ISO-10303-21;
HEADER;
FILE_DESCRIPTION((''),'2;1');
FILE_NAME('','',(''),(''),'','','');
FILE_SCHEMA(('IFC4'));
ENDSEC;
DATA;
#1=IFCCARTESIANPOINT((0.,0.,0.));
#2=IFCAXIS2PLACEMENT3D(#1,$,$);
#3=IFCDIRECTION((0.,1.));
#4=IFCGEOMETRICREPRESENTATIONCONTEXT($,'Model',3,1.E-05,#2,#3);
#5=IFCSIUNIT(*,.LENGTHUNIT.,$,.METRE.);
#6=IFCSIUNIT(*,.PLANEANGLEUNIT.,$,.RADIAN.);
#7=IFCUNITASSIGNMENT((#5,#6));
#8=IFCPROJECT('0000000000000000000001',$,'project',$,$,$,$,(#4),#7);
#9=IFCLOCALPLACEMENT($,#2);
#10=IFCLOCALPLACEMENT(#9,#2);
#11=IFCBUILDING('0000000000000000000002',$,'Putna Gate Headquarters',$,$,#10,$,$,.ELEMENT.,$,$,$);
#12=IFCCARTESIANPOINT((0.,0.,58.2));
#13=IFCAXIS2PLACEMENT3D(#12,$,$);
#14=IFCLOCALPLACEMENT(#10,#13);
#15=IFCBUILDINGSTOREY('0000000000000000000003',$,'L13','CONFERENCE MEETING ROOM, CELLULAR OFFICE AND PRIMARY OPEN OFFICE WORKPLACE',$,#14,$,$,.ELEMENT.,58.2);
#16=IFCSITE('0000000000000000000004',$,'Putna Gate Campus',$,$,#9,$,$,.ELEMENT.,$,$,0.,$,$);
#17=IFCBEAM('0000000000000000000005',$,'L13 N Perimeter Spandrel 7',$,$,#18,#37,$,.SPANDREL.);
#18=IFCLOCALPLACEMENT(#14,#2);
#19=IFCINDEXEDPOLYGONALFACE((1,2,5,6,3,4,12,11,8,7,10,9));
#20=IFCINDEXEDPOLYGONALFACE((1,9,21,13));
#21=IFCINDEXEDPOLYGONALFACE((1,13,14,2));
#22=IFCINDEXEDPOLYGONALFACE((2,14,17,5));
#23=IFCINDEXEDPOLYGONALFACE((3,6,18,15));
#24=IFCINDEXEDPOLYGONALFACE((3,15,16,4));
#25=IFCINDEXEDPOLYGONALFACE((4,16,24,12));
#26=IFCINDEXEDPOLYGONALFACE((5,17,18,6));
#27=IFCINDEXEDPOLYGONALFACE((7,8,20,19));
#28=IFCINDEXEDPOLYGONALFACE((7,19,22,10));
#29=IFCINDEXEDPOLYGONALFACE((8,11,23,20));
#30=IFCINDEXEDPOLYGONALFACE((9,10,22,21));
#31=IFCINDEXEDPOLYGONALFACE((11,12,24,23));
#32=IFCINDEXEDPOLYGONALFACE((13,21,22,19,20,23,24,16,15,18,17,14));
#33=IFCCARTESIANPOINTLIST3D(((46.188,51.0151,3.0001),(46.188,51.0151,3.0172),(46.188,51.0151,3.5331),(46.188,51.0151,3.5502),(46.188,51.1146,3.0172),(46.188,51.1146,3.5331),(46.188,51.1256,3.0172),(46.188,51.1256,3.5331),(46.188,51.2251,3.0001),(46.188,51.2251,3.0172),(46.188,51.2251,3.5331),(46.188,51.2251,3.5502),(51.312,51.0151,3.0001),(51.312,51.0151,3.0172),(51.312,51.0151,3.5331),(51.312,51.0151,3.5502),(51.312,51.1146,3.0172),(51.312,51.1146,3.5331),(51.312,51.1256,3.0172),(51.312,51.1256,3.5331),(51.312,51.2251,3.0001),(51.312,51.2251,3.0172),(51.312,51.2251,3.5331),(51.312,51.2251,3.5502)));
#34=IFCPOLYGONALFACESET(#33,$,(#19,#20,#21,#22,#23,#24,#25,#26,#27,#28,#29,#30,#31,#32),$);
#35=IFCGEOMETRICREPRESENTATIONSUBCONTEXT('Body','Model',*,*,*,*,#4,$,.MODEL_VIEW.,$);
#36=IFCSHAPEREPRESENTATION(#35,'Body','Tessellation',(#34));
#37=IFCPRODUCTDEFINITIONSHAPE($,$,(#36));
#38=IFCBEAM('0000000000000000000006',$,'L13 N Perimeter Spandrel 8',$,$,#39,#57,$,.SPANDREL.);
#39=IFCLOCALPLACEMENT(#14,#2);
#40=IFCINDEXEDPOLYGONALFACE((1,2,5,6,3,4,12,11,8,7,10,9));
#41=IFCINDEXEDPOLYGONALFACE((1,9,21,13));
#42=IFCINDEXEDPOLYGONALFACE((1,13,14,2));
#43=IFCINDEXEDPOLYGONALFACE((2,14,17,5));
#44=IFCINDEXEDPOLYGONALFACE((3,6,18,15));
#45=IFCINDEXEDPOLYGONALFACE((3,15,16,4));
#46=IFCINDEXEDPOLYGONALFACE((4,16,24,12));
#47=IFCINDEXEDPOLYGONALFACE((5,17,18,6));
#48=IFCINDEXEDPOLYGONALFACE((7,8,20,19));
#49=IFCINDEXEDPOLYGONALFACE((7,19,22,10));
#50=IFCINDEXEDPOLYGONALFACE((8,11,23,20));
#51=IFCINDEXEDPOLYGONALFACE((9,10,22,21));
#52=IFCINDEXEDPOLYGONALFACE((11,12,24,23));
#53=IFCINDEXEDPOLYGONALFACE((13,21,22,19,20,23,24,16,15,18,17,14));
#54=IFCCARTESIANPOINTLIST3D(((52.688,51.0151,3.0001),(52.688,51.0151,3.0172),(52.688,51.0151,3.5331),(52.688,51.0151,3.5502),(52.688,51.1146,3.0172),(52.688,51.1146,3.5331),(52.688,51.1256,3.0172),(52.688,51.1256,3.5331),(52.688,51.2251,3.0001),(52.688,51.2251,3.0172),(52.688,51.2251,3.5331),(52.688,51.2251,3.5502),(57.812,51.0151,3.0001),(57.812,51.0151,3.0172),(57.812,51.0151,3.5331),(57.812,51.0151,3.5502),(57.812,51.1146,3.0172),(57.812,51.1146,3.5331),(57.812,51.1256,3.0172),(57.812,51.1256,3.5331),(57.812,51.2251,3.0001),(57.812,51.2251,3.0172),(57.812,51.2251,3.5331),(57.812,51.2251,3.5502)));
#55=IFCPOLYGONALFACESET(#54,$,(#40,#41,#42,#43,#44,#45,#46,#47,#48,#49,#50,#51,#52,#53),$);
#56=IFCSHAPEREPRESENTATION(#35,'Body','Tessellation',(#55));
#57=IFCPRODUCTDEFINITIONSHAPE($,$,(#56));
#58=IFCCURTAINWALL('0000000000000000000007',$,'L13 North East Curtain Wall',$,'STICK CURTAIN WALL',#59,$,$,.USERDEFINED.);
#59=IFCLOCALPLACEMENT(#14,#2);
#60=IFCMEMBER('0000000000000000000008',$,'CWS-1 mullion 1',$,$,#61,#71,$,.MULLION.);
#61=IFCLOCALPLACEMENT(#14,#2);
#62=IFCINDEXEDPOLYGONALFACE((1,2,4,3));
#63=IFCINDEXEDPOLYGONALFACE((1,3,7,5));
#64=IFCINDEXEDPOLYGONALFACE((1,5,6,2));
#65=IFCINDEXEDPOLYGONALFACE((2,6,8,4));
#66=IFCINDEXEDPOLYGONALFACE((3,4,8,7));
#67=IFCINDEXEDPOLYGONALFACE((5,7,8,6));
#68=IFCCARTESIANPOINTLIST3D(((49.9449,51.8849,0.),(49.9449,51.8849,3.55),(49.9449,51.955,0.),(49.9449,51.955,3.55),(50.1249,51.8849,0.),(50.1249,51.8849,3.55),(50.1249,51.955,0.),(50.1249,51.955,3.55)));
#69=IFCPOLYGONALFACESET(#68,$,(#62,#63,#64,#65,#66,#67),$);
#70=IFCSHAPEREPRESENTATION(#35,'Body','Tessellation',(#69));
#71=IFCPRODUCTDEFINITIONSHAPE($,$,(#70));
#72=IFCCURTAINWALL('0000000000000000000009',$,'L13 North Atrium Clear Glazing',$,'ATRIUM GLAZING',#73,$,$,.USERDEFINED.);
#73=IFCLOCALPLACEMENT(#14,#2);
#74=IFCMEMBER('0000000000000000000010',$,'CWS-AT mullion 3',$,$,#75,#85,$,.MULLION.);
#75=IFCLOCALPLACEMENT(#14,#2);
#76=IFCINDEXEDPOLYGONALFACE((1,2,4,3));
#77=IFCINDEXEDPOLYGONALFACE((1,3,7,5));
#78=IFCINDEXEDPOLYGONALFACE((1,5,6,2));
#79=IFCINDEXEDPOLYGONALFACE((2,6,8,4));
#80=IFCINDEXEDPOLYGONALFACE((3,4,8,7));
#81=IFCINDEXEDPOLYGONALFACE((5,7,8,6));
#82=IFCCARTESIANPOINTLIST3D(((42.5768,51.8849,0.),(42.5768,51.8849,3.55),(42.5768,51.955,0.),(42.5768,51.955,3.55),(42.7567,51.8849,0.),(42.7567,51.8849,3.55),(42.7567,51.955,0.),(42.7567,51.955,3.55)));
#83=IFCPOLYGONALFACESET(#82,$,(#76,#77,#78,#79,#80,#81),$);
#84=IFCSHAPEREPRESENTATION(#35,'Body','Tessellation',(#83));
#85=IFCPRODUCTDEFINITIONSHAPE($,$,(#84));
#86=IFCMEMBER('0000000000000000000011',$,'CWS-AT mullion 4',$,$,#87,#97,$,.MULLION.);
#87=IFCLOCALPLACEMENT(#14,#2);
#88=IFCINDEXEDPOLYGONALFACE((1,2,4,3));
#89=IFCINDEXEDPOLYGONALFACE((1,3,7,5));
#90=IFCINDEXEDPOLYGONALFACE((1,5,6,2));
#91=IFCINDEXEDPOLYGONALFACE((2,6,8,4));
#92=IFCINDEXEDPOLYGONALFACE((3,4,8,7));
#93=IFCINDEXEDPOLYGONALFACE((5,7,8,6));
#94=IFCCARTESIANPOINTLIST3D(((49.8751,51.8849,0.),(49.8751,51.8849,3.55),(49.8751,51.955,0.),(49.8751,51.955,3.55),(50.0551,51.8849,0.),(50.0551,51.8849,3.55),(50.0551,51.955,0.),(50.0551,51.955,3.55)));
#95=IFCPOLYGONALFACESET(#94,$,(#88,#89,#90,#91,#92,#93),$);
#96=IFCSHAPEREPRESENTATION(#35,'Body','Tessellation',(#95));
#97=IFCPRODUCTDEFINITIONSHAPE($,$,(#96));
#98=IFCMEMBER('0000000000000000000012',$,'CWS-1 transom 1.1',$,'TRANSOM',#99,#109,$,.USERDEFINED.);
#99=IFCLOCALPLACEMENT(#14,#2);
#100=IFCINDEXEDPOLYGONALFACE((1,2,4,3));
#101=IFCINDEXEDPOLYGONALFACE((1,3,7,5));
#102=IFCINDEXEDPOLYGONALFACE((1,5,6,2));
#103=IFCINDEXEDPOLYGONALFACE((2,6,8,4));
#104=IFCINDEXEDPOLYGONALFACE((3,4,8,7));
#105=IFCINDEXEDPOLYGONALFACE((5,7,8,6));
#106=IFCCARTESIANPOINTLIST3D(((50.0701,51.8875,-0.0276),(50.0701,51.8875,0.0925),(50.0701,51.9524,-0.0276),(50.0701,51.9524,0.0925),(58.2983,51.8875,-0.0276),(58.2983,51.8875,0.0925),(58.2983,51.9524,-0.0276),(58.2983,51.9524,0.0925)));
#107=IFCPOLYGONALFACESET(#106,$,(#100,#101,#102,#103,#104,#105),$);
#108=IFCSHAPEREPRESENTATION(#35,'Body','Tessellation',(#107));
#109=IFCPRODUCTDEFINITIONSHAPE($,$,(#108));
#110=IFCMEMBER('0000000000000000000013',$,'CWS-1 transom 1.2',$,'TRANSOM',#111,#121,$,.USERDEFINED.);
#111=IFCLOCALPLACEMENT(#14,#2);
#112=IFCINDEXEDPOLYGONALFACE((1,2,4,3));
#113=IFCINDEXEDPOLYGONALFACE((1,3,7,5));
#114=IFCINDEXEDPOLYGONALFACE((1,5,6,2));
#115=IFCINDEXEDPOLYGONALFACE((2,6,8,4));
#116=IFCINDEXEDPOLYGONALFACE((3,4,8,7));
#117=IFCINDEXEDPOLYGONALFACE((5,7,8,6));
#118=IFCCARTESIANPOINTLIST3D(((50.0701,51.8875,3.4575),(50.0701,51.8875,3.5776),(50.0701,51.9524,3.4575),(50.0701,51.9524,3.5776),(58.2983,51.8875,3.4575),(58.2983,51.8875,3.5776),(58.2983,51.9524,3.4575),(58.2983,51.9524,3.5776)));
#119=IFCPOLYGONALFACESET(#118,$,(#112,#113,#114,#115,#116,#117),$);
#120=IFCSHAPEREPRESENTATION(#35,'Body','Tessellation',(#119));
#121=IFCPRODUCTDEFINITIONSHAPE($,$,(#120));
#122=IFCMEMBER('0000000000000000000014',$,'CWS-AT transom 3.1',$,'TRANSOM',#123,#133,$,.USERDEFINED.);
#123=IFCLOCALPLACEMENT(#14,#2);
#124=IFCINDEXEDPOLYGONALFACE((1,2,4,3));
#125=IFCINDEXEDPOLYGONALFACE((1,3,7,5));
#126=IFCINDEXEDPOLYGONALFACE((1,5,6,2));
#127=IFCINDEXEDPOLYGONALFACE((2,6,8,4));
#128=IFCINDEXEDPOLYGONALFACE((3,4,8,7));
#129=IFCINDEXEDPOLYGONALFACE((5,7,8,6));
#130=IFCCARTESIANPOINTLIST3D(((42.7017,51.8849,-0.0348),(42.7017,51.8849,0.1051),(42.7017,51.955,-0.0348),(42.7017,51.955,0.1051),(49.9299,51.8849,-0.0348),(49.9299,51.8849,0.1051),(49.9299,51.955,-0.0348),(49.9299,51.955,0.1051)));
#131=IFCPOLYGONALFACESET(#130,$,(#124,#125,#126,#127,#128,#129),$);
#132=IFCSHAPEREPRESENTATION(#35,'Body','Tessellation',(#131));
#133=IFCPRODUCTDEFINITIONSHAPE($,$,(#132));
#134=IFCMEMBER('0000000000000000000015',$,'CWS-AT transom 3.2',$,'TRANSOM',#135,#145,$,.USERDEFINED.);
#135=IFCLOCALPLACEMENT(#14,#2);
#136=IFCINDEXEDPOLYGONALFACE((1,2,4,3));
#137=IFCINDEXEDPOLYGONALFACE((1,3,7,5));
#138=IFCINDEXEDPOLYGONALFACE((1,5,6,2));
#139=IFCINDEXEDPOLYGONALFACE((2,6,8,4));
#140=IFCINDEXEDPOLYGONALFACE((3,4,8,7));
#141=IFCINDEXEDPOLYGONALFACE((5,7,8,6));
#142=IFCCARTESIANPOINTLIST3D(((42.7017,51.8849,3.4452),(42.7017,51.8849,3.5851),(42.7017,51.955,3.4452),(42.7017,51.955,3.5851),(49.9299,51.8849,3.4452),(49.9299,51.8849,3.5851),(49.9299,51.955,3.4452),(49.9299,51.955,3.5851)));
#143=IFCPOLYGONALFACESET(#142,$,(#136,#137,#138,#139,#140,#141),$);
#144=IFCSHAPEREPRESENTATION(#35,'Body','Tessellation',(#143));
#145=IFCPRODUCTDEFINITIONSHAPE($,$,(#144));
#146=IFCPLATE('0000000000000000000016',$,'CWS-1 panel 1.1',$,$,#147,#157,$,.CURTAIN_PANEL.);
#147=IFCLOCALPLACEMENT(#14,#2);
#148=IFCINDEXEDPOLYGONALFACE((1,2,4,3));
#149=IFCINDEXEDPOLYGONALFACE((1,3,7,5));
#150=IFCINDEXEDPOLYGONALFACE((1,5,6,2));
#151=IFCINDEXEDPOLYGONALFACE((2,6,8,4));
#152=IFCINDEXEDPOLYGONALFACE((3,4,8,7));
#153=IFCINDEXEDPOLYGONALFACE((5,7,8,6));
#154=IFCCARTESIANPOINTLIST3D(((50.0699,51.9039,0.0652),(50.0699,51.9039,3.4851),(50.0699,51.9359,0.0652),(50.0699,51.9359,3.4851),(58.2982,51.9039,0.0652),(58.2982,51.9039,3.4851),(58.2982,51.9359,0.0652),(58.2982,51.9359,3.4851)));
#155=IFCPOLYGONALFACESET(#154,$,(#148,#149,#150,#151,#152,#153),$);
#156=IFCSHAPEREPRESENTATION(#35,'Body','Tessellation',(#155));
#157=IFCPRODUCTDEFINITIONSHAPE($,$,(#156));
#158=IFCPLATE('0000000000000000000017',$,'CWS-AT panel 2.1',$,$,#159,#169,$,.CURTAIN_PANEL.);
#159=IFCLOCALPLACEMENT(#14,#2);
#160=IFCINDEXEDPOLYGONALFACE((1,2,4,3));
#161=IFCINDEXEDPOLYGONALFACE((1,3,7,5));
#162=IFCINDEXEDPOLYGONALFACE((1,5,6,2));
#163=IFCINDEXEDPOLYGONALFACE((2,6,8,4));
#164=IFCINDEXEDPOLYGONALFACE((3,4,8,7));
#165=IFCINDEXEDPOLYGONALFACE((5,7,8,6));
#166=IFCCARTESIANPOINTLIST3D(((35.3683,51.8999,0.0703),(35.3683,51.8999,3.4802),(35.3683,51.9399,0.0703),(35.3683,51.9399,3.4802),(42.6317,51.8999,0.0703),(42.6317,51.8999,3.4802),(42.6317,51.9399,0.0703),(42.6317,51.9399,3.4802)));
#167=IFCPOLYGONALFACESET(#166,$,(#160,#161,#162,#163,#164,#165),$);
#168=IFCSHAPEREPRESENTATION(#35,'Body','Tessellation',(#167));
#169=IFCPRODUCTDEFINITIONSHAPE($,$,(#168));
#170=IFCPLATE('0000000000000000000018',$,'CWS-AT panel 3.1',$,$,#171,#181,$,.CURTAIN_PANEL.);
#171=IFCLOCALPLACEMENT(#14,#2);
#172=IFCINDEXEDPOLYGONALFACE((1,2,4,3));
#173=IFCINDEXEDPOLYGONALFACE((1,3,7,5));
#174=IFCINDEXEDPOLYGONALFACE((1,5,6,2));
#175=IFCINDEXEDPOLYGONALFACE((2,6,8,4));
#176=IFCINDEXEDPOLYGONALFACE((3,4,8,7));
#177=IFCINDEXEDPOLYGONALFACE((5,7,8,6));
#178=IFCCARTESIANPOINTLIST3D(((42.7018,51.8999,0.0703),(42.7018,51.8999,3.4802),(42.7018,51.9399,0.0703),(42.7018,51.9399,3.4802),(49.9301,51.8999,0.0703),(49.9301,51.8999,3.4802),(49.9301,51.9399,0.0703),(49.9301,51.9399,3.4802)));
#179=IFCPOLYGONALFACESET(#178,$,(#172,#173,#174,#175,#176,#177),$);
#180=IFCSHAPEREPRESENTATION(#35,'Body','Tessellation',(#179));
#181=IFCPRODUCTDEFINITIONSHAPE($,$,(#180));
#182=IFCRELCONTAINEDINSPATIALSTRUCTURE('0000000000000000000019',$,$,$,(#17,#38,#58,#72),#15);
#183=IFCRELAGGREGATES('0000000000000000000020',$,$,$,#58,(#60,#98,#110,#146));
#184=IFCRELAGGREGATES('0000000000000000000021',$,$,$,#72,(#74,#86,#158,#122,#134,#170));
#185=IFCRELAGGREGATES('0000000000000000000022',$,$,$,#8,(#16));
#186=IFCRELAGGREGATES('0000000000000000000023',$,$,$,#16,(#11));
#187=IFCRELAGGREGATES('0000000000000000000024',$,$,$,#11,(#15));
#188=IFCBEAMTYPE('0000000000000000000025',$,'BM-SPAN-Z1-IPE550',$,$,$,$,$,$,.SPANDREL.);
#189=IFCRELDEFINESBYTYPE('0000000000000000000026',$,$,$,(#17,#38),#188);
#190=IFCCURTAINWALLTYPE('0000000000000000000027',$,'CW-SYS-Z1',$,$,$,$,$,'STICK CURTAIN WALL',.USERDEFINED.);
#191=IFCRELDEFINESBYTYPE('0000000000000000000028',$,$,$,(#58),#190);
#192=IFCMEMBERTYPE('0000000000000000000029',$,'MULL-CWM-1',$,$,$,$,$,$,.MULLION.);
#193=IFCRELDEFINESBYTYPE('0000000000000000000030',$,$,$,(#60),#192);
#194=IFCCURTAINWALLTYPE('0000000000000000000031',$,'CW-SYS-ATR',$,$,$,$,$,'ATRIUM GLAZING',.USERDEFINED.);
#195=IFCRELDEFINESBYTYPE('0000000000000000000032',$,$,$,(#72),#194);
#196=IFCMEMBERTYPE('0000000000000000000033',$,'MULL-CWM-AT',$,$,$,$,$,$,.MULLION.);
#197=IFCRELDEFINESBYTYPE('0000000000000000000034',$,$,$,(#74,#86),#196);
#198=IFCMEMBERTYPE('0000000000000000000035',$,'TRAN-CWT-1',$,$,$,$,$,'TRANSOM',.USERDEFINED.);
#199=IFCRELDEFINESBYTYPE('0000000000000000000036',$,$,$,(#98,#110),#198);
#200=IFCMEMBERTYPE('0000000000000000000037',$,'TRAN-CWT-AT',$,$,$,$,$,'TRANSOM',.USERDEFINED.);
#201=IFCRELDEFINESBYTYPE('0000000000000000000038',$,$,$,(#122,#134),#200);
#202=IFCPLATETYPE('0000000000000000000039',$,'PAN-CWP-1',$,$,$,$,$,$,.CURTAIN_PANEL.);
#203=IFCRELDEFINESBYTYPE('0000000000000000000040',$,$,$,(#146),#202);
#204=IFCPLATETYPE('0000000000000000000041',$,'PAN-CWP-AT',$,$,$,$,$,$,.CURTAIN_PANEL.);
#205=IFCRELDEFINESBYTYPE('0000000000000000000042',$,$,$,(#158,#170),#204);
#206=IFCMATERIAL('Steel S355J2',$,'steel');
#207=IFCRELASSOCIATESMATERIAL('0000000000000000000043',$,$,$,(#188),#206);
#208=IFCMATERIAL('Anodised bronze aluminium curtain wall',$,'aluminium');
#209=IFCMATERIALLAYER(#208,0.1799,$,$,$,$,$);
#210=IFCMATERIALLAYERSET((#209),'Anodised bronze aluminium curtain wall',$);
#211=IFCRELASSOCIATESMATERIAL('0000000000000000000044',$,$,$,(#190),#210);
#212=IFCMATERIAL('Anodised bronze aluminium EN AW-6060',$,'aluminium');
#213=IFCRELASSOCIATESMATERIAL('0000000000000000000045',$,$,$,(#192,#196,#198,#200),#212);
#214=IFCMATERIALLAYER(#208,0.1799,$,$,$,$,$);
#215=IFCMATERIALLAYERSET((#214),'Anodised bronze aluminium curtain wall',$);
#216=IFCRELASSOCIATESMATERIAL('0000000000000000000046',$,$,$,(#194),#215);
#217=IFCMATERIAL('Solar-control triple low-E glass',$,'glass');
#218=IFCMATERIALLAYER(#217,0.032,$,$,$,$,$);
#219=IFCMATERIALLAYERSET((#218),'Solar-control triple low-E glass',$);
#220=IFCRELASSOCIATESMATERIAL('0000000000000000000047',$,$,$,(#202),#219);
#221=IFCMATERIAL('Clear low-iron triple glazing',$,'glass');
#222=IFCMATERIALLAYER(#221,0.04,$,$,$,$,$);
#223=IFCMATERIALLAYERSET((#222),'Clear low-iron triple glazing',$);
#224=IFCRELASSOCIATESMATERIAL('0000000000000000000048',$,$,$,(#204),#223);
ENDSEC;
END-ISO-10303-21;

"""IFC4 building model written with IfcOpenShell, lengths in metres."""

from ifc_helpers import new_model, si_unit, direction, frame, origin, origin_2d, place, context, subcontext, project, spatial, rectangle, i_section, extrude, material, layer, layer_set, material_profile, profile_set, type_object, element, aggregate, save


model = new_model("IFC4")

# Units and contexts
model_context = context("Model", 3, precision=1e-05, world=origin(), true_north=direction((0.0, 1.0)))
body_context = subcontext(model_context, "Body", "Model", "MODEL_VIEW")
ifc_project = project(units=[si_unit("LENGTHUNIT", "METRE"), si_unit("PLANEANGLEUNIT", "RADIAN")], contexts=[model_context])

# Site, building, storey
site_placement = place(None, origin())
site = spatial("IfcSite", under=ifc_project, at=site_placement, Name="Putna Gate Campus", CompositionType="ELEMENT", RefElevation=0.0)
building_placement = place(site_placement, origin())
building = spatial("IfcBuilding", under=site, at=building_placement, Name="Putna Gate Headquarters", CompositionType="ELEMENT")
storey_placement = place(building_placement, frame((0.0, 0.0, 58.2)))
storey = spatial("IfcBuildingStorey", under=building, at=storey_placement, Name="L13", Description="CONFERENCE MEETING ROOM, CELLULAR OFFICE AND PRIMARY OPEN OFFICE WORKPLACE", CompositionType="ELEMENT", Elevation=58.2)

# Beams
ifc_material_1 = material(Name="Steel S355J2", Category="steel")
ifc_material_profile_1 = material_profile(ifc_material_1, i_section(OverallWidth=0.21, OverallDepth=0.55, WebThickness=0.011, FlangeThickness=0.0171, at=origin_2d()), Name="Steel S355J2")
ifc_profile_set_1 = profile_set([ifc_material_profile_1], Name="Steel S355J2")
beam_type_1 = type_object("IfcBeamType", Name="BM-SPAN-Z1-IPE550", PredefinedType="SPANDREL", material=ifc_profile_set_1)
for number, where, z_axis, x_axis, name in (
    (1, (46.188, 51.1201, 3.2751), (1.0, 0.0, 0.0), (0.0, 1.0, 0.0), "L13 N Perimeter Spandrel 7"),
    (2, (52.688, 51.1201, 3.2751), (1.0, 0.0, 0.0), (0.0, 1.0, 0.0), "L13 N Perimeter Spandrel 8"),
):
    element("IfcBeam", number, at=place(storey_placement, frame(where, z_axis=z_axis, x_axis=x_axis)), inside=storey, type_object=beam_type_1, Name=name, PredefinedType="SPANDREL", context=body_context, shape_type="SweptSolid", body=[
        extrude(i_section(OverallWidth=0.21, OverallDepth=0.55, WebThickness=0.011, FlangeThickness=0.0171, at=origin_2d()), origin(), (0.0, 0.0, 1.0), 5.124),
    ])

# Curtain wall, member
ifc_material_2 = material(Name="Anodised bronze aluminium curtain wall", Category="aluminium")
ifc_layer_1 = layer(ifc_material_2, 0.1799)
ifc_layer_set_1 = layer_set([ifc_layer_1], Name="Anodised bronze aluminium curtain wall")
curtain_wall_type_1 = type_object("IfcCurtainWallType", Name="CW-SYS-Z1", ElementType="STICK CURTAIN WALL", PredefinedType="USERDEFINED", material=ifc_layer_set_1)
curtain_wall_1_placement = place(storey_placement, origin())
curtain_wall_1 = element("IfcCurtainWall", 3, at=curtain_wall_1_placement, inside=storey, type_object=curtain_wall_type_1, Name="L13 North East Curtain Wall", ObjectType="STICK CURTAIN WALL", PredefinedType="USERDEFINED")
ifc_material_3 = material(Name="Anodised bronze aluminium EN AW-6060", Category="aluminium")
ifc_material_profile_2 = material_profile(ifc_material_3, rectangle(XDim=0.0701, YDim=0.1799, at=origin_2d()), Name="Anodised bronze aluminium EN AW-6060")
ifc_profile_set_2 = profile_set([ifc_material_profile_2], Name="Anodised bronze aluminium EN AW-6060")
member_type_1 = type_object("IfcMemberType", Name="MULL-CWM-1", PredefinedType="MULLION", material=ifc_profile_set_2)
member_1_placement = place(storey_placement, frame((50.0349, 51.9199, 0.0), z_axis=(0.0, 0.0, 1.0), x_axis=(0.0, 1.0, 0.0)))
member_1 = element("IfcMember", 4, at=member_1_placement, type_object=member_type_1, Name="CWS-1 mullion 1", PredefinedType="MULLION", context=body_context, shape_type="SweptSolid", body=[
    extrude(rectangle(XDim=0.0701, YDim=0.1799, at=origin_2d()), origin(), (0.0, 0.0, 1.0), 3.55),
])

# Curtain wall, members
ifc_layer_2 = layer(ifc_material_2, 0.1799)
ifc_layer_set_2 = layer_set([ifc_layer_2], Name="Anodised bronze aluminium curtain wall")
curtain_wall_type_2 = type_object("IfcCurtainWallType", Name="CW-SYS-ATR", ElementType="ATRIUM GLAZING", PredefinedType="USERDEFINED", material=ifc_layer_set_2)
curtain_wall_2_placement = place(storey_placement, origin())
curtain_wall_2 = element("IfcCurtainWall", 5, at=curtain_wall_2_placement, inside=storey, type_object=curtain_wall_type_2, Name="L13 North Atrium Clear Glazing", ObjectType="ATRIUM GLAZING", PredefinedType="USERDEFINED")
ifc_material_profile_3 = material_profile(ifc_material_3, rectangle(XDim=0.0701, YDim=0.1799, at=origin_2d()), Name="Anodised bronze aluminium EN AW-6060")
ifc_profile_set_3 = profile_set([ifc_material_profile_3], Name="Anodised bronze aluminium EN AW-6060")
member_type_2 = type_object("IfcMemberType", Name="MULL-CWM-AT", PredefinedType="MULLION", material=ifc_profile_set_3)
member_2_placement = place(storey_placement, frame((42.6667, 51.9199, 0.0), z_axis=(0.0, 0.0, 1.0), x_axis=(0.0, 1.0, 0.0)))
member_2 = element("IfcMember", 6, at=member_2_placement, type_object=member_type_2, Name="CWS-AT mullion 3", PredefinedType="MULLION", context=body_context, shape_type="SweptSolid", body=[
    extrude(rectangle(XDim=0.0701, YDim=0.1799, at=origin_2d()), origin(), (0.0, 0.0, 1.0), 3.55),
])
member_3_placement = place(storey_placement, frame((49.9651, 51.9199, 0.0), z_axis=(0.0, 0.0, 1.0), x_axis=(0.0, 1.0, 0.0)))
member_3 = element("IfcMember", 7, at=member_3_placement, type_object=member_type_2, Name="CWS-AT mullion 4", PredefinedType="MULLION", context=body_context, shape_type="SweptSolid", body=[
    extrude(rectangle(XDim=0.0701, YDim=0.1799, at=origin_2d()), origin(), (0.0, 0.0, 1.0), 3.55),
])

# Members
ifc_material_profile_4 = material_profile(ifc_material_3, rectangle(XDim=0.0649, YDim=0.1201, at=origin_2d()), Name="Anodised bronze aluminium EN AW-6060")
ifc_profile_set_4 = profile_set([ifc_material_profile_4], Name="Anodised bronze aluminium EN AW-6060")
member_type_3 = type_object("IfcMemberType", Name="TRAN-CWT-1", ElementType="TRANSOM", PredefinedType="USERDEFINED", material=ifc_profile_set_4)
member_4_placement = place(storey_placement, frame((50.0701, 51.9199, 0.0325), z_axis=(1.0, 0.0, 0.0), x_axis=(0.0, 1.0, 0.0)))
member_4 = element("IfcMember", 8, at=member_4_placement, type_object=member_type_3, Name="CWS-1 transom 1.1", ObjectType="TRANSOM", PredefinedType="USERDEFINED", context=body_context, shape_type="SweptSolid", body=[
    extrude(rectangle(XDim=0.0649, YDim=0.1201, at=origin_2d()), origin(), (0.0, 0.0, 1.0), 8.2283),
])
member_5_placement = place(storey_placement, frame((50.0701, 51.9199, 3.5176), z_axis=(1.0, 0.0, 0.0), x_axis=(0.0, 1.0, 0.0)))
member_5 = element("IfcMember", 9, at=member_5_placement, type_object=member_type_3, Name="CWS-1 transom 1.2", ObjectType="TRANSOM", PredefinedType="USERDEFINED", context=body_context, shape_type="SweptSolid", body=[
    extrude(rectangle(XDim=0.0649, YDim=0.1201, at=origin_2d()), origin(), (0.0, 0.0, 1.0), 8.2283),
])
ifc_material_profile_5 = material_profile(ifc_material_3, rectangle(XDim=0.0701, YDim=0.1399, at=origin_2d()), Name="Anodised bronze aluminium EN AW-6060")
ifc_profile_set_5 = profile_set([ifc_material_profile_5], Name="Anodised bronze aluminium EN AW-6060")
member_type_4 = type_object("IfcMemberType", Name="TRAN-CWT-AT", ElementType="TRANSOM", PredefinedType="USERDEFINED", material=ifc_profile_set_5)
member_6_placement = place(storey_placement, frame((42.7017, 51.9199, 0.0352), z_axis=(1.0, 0.0, 0.0), x_axis=(0.0, 1.0, 0.0)))
member_6 = element("IfcMember", 10, at=member_6_placement, type_object=member_type_4, Name="CWS-AT transom 3.1", ObjectType="TRANSOM", PredefinedType="USERDEFINED", context=body_context, shape_type="SweptSolid", body=[
    extrude(rectangle(XDim=0.0701, YDim=0.1399, at=origin_2d()), origin(), (0.0, 0.0, 1.0), 7.2283),
])
member_7_placement = place(storey_placement, frame((42.7017, 51.9199, 3.5151), z_axis=(1.0, 0.0, 0.0), x_axis=(0.0, 1.0, 0.0)))
member_7 = element("IfcMember", 11, at=member_7_placement, type_object=member_type_4, Name="CWS-AT transom 3.2", ObjectType="TRANSOM", PredefinedType="USERDEFINED", context=body_context, shape_type="SweptSolid", body=[
    extrude(rectangle(XDim=0.0701, YDim=0.1399, at=origin_2d()), origin(), (0.0, 0.0, 1.0), 7.2283),
])

# Plates
ifc_material_4 = material(Name="Solar-control triple low-E glass", Category="glass")
ifc_layer_3 = layer(ifc_material_4, 0.032)
ifc_layer_set_3 = layer_set([ifc_layer_3], Name="Solar-control triple low-E glass")
plate_type_1 = type_object("IfcPlateType", Name="PAN-CWP-1", PredefinedType="CURTAIN_PANEL", material=ifc_layer_set_3)
plate_1_placement = place(storey_placement, frame((54.1841, 51.9199, 0.0652), z_axis=(0.0, 0.0, 1.0), x_axis=(1.0, 0.0, 0.0)))
plate_1 = element("IfcPlate", 12, at=plate_1_placement, type_object=plate_type_1, Name="CWS-1 panel 1.1", PredefinedType="CURTAIN_PANEL", context=body_context, shape_type="SweptSolid", body=[
    extrude(rectangle(XDim=8.2283, YDim=0.032, at=origin_2d()), origin(), (0.0, 0.0, 1.0), 3.4199),
])
aggregate(curtain_wall_1, [member_1, member_4, member_5, plate_1])
ifc_material_5 = material(Name="Clear low-iron triple glazing", Category="glass")
ifc_layer_4 = layer(ifc_material_5, 0.04)
ifc_layer_set_4 = layer_set([ifc_layer_4], Name="Clear low-iron triple glazing")
plate_type_2 = type_object("IfcPlateType", Name="PAN-CWP-AT", PredefinedType="CURTAIN_PANEL", material=ifc_layer_set_4)
plate_2_placement = place(storey_placement, frame((39.0, 51.9199, 0.0703), z_axis=(0.0, 0.0, 1.0), x_axis=(1.0, 0.0, 0.0)))
plate_2 = element("IfcPlate", 13, at=plate_2_placement, type_object=plate_type_2, Name="CWS-AT panel 2.1", PredefinedType="CURTAIN_PANEL", context=body_context, shape_type="SweptSolid", body=[
    extrude(rectangle(XDim=7.2634, YDim=0.04, at=origin_2d()), origin(), (0.0, 0.0, 1.0), 3.4099),
])
plate_3_placement = place(storey_placement, frame((46.3159, 51.9199, 0.0703), z_axis=(0.0, 0.0, 1.0), x_axis=(1.0, 0.0, 0.0)))
plate_3 = element("IfcPlate", 14, at=plate_3_placement, type_object=plate_type_2, Name="CWS-AT panel 3.1", PredefinedType="CURTAIN_PANEL", context=body_context, shape_type="SweptSolid", body=[
    extrude(rectangle(XDim=7.2283, YDim=0.04, at=origin_2d()), origin(), (0.0, 0.0, 1.0), 3.4099),
])
aggregate(curtain_wall_2, [member_2, member_3, plate_2, member_6, member_7, plate_3])

save(model, "model.ifc")
